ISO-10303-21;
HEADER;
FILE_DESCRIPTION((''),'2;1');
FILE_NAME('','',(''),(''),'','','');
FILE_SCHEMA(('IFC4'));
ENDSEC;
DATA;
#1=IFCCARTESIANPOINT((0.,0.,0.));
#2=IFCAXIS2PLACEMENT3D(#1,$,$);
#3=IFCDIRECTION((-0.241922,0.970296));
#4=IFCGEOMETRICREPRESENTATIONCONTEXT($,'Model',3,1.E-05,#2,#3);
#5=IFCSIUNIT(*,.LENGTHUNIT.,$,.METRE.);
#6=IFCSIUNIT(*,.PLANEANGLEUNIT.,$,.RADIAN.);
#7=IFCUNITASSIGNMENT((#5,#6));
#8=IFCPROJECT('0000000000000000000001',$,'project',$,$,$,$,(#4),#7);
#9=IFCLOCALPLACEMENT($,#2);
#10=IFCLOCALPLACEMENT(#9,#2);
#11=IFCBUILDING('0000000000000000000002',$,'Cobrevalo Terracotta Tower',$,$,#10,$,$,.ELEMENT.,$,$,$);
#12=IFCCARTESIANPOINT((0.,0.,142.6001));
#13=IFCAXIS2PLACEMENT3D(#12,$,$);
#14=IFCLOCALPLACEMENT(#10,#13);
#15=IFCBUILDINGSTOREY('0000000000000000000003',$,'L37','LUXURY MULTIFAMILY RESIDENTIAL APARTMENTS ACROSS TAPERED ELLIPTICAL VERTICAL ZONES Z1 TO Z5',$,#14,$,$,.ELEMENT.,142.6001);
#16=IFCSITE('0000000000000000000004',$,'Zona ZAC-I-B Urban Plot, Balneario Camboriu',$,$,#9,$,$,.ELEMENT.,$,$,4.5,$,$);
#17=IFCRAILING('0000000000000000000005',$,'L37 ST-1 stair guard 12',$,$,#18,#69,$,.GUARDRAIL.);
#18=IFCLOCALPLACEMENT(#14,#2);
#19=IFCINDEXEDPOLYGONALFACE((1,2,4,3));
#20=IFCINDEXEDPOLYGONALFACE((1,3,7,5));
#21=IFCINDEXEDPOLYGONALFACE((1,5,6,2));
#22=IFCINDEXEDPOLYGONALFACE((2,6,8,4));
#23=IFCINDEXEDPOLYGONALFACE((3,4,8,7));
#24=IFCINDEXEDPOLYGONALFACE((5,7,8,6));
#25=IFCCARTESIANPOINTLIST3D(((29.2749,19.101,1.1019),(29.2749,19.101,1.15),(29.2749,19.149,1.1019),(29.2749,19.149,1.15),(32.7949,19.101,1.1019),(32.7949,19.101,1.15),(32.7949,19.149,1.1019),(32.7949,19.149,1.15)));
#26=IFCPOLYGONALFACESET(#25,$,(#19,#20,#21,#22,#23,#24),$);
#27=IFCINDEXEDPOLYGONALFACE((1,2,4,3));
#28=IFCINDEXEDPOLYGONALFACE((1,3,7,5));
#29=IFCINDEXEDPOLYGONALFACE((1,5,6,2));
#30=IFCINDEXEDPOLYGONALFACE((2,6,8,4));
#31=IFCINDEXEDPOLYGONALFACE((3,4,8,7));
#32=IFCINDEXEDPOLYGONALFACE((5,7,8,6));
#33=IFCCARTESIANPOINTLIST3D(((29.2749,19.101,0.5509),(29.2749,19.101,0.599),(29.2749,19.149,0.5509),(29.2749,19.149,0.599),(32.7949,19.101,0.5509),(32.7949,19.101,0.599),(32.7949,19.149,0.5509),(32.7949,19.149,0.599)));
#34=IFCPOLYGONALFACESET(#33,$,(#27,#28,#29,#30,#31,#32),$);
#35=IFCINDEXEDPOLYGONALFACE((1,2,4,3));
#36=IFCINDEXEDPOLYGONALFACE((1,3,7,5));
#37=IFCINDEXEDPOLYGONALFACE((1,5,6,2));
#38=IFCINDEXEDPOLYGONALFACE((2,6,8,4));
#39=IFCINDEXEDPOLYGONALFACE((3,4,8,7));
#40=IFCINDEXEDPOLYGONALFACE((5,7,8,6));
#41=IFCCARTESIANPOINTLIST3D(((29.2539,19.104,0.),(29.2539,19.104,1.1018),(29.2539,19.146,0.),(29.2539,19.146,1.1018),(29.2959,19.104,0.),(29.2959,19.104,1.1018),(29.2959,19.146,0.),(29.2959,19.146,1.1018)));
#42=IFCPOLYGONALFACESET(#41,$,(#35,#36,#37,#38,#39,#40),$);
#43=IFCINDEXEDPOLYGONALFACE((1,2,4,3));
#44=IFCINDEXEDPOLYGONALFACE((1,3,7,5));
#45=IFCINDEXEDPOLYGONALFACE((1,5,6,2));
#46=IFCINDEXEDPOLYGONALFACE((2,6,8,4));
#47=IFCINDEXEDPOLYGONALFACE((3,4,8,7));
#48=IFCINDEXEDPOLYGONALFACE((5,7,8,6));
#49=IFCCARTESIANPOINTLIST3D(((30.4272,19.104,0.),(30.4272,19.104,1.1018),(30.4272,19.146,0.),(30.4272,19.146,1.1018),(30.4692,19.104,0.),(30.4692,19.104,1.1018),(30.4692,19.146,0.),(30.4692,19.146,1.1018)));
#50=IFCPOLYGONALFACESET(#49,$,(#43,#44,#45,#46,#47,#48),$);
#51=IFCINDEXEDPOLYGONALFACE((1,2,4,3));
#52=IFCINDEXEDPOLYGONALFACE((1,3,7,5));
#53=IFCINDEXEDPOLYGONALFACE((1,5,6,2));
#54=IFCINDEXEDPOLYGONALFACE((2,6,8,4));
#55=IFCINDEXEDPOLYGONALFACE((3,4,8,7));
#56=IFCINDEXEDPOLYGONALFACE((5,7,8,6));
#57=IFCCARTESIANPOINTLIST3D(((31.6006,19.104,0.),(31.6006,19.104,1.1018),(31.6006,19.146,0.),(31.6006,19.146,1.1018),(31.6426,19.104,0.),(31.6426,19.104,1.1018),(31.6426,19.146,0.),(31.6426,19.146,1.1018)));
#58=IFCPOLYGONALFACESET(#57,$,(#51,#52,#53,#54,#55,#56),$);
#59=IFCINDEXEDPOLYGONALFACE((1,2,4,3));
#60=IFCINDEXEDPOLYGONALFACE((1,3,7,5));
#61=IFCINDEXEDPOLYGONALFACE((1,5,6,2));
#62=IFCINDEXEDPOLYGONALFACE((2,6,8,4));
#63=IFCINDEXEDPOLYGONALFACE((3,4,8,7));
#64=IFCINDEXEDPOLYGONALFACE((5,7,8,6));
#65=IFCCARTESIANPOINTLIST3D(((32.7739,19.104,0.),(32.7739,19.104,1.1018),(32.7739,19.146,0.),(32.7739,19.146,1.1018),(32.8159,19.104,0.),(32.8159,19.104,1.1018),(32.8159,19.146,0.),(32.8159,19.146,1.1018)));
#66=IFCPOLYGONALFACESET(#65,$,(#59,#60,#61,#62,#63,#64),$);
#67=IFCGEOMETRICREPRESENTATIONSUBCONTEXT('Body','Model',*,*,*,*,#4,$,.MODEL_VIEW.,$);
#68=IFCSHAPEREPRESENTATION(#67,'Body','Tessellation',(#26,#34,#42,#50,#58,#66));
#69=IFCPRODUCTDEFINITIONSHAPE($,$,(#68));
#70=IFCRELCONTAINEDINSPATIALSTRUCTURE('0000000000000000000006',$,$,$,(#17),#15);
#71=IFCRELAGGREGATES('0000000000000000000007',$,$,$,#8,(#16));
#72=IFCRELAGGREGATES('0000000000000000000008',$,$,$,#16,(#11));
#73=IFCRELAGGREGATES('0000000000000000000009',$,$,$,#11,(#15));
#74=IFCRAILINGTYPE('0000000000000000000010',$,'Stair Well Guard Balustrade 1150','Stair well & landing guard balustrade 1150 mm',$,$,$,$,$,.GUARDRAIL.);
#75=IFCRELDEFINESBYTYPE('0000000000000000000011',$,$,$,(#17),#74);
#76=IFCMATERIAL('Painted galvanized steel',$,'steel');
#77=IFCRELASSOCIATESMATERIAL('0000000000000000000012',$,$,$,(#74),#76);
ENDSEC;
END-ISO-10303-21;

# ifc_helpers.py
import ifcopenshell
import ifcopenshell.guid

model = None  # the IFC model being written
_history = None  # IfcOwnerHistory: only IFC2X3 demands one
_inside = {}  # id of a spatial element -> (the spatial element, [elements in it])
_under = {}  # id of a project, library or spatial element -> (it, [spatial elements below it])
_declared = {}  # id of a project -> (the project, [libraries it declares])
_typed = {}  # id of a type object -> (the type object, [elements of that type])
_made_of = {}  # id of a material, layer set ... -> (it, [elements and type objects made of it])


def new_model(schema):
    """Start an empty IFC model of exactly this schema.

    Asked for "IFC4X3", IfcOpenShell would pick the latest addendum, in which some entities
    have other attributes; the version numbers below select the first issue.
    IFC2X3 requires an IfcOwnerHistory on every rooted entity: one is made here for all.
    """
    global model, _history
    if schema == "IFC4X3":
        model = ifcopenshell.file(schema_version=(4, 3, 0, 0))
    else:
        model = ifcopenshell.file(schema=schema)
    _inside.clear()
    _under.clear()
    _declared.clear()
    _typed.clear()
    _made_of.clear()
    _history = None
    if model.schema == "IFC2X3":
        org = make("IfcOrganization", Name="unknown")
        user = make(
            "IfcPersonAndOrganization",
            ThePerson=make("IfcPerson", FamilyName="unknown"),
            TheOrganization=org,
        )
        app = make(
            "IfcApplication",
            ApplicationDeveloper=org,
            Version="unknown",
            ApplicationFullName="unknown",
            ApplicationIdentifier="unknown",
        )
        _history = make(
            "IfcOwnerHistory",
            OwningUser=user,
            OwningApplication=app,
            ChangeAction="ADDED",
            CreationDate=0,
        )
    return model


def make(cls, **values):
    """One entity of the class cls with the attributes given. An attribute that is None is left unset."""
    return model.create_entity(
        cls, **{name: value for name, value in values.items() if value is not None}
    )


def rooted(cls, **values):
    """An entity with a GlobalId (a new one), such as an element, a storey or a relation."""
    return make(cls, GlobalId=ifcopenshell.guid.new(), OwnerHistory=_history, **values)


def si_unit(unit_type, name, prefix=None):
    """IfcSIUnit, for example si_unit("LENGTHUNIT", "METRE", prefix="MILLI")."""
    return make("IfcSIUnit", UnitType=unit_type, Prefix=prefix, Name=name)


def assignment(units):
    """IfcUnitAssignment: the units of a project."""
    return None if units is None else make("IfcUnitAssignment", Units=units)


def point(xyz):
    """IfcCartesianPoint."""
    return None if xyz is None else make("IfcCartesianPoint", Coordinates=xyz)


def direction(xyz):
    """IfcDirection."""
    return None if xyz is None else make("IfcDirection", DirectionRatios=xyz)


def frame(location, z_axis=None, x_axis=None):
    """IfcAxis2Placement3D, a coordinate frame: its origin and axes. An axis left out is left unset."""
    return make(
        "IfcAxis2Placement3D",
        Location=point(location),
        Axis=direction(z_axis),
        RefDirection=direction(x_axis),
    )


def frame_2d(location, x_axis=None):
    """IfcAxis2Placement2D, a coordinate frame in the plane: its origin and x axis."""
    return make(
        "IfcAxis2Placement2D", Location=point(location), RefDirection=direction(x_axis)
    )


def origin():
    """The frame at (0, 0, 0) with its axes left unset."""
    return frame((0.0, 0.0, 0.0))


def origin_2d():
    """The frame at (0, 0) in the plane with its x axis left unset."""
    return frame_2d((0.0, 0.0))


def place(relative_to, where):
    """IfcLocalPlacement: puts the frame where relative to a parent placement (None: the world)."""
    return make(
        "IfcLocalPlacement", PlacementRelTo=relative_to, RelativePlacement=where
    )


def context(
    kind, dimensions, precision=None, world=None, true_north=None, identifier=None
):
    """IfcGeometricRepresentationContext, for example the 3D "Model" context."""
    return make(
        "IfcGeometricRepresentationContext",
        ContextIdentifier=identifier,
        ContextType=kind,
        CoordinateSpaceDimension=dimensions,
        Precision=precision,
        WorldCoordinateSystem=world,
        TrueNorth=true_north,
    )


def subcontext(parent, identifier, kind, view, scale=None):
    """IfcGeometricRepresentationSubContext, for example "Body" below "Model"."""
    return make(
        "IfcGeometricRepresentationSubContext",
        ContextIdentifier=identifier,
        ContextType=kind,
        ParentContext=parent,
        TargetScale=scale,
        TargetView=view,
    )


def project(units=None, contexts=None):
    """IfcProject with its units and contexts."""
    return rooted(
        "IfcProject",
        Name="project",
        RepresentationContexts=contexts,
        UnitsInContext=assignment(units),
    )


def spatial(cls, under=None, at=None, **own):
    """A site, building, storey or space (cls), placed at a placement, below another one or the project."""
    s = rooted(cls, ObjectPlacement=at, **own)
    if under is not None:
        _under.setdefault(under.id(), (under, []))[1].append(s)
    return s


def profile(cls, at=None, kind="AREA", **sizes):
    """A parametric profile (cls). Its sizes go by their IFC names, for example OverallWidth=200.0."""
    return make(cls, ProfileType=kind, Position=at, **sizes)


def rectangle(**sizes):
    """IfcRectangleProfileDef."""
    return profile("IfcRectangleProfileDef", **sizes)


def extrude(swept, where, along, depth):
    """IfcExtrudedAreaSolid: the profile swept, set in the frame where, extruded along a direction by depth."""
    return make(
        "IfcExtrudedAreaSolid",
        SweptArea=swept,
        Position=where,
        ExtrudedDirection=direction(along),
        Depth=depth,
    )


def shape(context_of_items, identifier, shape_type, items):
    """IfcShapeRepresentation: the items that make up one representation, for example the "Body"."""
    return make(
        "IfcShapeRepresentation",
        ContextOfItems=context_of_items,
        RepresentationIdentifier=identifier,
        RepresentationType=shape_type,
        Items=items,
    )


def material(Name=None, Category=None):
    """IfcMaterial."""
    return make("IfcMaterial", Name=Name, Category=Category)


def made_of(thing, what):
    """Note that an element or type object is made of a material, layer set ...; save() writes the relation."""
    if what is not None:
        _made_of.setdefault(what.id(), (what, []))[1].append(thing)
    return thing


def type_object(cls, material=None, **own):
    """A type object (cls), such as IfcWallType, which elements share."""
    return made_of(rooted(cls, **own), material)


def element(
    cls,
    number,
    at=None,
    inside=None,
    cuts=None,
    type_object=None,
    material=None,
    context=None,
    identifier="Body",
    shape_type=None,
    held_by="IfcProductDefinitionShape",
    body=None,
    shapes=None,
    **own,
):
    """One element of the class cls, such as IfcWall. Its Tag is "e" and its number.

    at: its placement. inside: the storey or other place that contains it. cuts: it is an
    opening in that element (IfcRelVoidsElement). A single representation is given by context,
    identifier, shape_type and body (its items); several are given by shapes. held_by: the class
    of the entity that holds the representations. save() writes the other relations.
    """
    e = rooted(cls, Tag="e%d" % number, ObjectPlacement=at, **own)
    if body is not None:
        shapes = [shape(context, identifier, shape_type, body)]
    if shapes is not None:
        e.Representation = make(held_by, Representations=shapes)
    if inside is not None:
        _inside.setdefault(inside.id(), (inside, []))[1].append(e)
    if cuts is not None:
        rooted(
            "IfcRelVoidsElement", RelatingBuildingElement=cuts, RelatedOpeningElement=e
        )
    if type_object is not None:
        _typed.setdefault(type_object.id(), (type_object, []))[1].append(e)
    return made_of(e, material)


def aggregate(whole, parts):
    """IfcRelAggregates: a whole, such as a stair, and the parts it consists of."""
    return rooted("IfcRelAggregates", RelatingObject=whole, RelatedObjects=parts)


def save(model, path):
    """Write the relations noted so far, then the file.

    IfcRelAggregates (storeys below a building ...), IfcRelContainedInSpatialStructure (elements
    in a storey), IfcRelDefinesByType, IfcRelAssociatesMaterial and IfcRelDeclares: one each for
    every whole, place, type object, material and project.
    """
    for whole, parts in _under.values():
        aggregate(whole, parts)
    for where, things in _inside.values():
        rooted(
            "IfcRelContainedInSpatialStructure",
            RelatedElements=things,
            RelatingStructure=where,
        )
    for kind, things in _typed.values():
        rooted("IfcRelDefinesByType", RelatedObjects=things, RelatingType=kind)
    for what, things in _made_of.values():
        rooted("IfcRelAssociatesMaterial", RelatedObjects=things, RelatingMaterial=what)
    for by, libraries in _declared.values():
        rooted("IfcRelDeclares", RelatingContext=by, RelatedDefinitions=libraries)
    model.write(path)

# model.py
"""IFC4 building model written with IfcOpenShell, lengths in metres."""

from ifc_helpers import new_model, si_unit, direction, frame, origin, origin_2d, place, context, subcontext, project, spatial, rectangle, extrude, material, type_object, element, save


model = new_model("IFC4")

# Units and contexts
model_context = context("Model", 3, precision=1e-05, world=origin(), true_north=direction((-0.241922, 0.970296)))
body_context = subcontext(model_context, "Body", "Model", "MODEL_VIEW")
ifc_project = project(units=[si_unit("LENGTHUNIT", "METRE"), si_unit("PLANEANGLEUNIT", "RADIAN")], contexts=[model_context])

# Site, building, storey
site_placement = place(None, origin())
site = spatial("IfcSite", under=ifc_project, at=site_placement, Name="Zona ZAC-I-B Urban Plot, Balneario Camboriu", CompositionType="ELEMENT", RefElevation=4.5)
building_placement = place(site_placement, origin())
building = spatial("IfcBuilding", under=site, at=building_placement, Name="Cobrevalo Terracotta Tower", CompositionType="ELEMENT")
storey_placement = place(building_placement, frame((0.0, 0.0, 142.6001)))
storey = spatial("IfcBuildingStorey", under=building, at=storey_placement, Name="L37", Description="LUXURY MULTIFAMILY RESIDENTIAL APARTMENTS ACROSS TAPERED ELLIPTICAL VERTICAL ZONES Z1 TO Z5", CompositionType="ELEMENT", Elevation=142.6001)

# Railing
ifc_material_1 = material(Name="Painted galvanized steel", Category="steel")
railing_type_1 = type_object("IfcRailingType", Name="Stair Well Guard Balustrade 1150", Description="Stair well & landing guard balustrade 1150 mm", PredefinedType="GUARDRAIL", material=ifc_material_1)
railing_1_placement = place(storey_placement, frame((29.2749, 19.125, 0.0)))
element("IfcRailing", 1, at=railing_1_placement, inside=storey, type_object=railing_type_1, Name="L37 ST-1 stair guard 12", PredefinedType="GUARDRAIL", context=body_context, shape_type="SweptSolid", body=[
    extrude(rectangle(XDim=0.0481, YDim=0.0481, at=origin_2d()), frame((0.0, 0.0, 1.126), z_axis=(1.0, 0.0, 0.0), x_axis=(0.0, 1.0, 0.0)), (0.0, 0.0, 1.0), 3.52),
    extrude(rectangle(XDim=0.0481, YDim=0.0481, at=origin_2d()), frame((0.0, 0.0, 0.575), z_axis=(1.0, 0.0, 0.0), x_axis=(0.0, 1.0, 0.0)), (0.0, 0.0, 1.0), 3.52),
    extrude(rectangle(XDim=0.042, YDim=0.042, at=origin_2d()), origin(), (0.0, 0.0, 1.0), 1.1018),
    extrude(rectangle(XDim=0.042, YDim=0.042, at=origin_2d()), frame((1.1733, 0.0, 0.0)), (0.0, 0.0, 1.0), 1.1018),
    extrude(rectangle(XDim=0.042, YDim=0.042, at=origin_2d()), frame((2.3467, 0.0, 0.0)), (0.0, 0.0, 1.0), 1.1018),
    extrude(rectangle(XDim=0.042, YDim=0.042, at=origin_2d()), frame((3.52, 0.0, 0.0)), (0.0, 0.0, 1.0), 1.1018),
])

save(model, "model.ifc")
